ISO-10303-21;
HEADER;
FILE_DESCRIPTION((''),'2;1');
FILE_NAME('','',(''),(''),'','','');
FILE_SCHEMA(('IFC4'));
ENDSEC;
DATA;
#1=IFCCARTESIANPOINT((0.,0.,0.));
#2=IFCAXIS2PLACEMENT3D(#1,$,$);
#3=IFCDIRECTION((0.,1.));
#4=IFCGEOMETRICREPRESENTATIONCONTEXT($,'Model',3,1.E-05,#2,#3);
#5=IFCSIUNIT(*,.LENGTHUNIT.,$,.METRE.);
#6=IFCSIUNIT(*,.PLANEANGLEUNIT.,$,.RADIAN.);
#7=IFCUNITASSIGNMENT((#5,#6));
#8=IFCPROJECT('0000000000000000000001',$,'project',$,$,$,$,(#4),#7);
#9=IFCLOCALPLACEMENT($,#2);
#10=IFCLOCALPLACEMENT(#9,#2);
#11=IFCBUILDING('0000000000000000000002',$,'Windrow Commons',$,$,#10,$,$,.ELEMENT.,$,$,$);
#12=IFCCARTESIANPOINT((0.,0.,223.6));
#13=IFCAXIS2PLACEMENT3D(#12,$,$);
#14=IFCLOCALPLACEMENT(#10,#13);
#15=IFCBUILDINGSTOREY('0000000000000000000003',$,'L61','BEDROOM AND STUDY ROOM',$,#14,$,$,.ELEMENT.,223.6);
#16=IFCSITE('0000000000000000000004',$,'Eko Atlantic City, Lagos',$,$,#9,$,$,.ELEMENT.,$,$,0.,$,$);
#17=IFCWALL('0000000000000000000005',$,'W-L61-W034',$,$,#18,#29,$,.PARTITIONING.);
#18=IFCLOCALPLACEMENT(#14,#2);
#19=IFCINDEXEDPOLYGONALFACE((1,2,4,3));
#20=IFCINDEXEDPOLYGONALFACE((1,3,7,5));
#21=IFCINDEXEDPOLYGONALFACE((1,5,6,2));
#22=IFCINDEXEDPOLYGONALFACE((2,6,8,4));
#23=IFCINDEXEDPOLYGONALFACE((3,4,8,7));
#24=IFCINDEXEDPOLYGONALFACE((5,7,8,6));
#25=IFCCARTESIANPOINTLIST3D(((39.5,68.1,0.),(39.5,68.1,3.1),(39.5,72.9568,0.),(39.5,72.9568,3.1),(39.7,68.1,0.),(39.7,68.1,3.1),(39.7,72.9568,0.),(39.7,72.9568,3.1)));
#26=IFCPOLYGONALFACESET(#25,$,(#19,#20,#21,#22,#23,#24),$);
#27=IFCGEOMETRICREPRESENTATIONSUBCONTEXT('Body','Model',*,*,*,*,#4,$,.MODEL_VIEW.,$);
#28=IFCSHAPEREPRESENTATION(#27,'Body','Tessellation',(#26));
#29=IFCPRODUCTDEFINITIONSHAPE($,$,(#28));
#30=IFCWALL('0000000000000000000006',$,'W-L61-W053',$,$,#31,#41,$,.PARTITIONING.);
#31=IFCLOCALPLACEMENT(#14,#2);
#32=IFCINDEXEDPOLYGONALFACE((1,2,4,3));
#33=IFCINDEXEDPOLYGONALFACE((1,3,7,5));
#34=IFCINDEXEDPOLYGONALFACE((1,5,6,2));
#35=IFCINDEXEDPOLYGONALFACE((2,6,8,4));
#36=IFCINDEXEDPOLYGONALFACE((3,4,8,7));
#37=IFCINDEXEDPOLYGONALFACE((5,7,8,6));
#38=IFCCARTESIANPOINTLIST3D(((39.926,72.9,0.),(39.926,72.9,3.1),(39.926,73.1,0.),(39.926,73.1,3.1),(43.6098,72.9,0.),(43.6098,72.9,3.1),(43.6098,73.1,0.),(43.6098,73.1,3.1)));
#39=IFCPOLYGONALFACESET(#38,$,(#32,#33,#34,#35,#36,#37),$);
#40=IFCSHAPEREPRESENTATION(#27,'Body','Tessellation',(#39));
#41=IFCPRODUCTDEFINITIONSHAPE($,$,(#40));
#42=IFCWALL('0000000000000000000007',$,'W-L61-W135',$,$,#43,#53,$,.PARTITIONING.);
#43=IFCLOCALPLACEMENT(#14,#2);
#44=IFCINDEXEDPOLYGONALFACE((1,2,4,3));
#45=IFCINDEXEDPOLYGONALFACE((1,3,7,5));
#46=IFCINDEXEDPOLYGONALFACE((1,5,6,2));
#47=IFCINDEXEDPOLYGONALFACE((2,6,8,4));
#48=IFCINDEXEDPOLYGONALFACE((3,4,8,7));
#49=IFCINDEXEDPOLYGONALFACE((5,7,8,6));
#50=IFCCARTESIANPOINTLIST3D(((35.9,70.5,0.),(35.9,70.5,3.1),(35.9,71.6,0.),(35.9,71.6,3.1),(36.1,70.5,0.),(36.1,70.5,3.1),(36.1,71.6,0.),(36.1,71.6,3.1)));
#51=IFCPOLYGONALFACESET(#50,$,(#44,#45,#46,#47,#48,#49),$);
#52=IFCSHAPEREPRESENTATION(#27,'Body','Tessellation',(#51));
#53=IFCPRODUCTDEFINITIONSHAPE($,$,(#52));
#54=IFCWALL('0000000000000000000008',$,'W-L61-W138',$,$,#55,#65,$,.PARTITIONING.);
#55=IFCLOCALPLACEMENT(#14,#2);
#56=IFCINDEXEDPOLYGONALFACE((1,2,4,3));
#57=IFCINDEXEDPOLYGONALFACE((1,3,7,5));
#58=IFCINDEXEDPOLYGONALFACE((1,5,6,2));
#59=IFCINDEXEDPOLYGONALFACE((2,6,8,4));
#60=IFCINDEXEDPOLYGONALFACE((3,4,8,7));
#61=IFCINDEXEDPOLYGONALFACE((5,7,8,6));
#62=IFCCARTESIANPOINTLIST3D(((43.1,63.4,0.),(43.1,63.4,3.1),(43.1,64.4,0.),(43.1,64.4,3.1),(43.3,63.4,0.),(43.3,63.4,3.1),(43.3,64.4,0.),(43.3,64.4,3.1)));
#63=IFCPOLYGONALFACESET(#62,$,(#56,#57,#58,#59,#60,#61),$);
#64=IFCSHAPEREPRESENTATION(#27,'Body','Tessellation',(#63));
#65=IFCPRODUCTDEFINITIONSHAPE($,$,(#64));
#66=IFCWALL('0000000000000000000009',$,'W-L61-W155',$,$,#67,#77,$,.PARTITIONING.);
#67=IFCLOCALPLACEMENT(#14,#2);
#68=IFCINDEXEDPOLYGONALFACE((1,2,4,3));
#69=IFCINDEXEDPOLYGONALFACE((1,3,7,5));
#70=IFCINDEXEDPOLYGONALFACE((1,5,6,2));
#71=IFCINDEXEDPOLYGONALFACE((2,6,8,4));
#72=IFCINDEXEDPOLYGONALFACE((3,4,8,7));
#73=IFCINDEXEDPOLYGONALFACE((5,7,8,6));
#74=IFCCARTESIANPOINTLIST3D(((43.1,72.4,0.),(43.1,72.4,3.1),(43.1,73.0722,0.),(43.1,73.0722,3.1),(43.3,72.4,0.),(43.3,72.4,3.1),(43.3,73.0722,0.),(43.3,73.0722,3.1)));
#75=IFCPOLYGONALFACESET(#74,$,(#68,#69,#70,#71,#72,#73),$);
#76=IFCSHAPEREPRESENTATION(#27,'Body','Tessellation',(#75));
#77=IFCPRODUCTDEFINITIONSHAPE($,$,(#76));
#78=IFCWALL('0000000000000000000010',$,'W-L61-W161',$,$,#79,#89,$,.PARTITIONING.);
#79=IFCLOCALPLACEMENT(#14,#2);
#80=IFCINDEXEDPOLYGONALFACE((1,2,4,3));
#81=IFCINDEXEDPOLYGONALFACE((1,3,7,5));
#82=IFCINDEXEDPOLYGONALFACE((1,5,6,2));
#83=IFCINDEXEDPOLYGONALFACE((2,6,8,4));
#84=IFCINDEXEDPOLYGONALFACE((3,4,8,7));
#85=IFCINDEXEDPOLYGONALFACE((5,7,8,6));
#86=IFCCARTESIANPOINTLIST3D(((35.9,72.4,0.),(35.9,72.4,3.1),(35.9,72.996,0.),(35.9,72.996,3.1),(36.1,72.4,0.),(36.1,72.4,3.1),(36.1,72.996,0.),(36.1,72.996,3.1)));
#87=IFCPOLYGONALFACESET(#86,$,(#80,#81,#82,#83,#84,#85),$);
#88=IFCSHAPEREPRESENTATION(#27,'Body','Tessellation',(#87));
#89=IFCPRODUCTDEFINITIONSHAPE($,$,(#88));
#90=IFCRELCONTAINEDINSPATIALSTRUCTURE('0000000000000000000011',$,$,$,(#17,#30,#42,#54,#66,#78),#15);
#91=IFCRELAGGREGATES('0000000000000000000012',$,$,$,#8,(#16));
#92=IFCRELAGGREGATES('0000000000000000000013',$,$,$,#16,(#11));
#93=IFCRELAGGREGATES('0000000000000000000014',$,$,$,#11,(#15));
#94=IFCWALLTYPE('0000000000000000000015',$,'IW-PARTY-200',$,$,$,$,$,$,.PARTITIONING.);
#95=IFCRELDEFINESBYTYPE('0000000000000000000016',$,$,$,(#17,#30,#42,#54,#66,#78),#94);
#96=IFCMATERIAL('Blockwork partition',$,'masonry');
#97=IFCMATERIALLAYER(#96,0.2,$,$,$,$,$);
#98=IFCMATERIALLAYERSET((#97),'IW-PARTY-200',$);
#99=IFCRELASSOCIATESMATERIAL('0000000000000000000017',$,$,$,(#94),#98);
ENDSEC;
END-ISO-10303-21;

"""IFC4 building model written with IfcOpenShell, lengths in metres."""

from ifc_helpers import new_model, si_unit, direction, frame, frame_2d, origin, place, context, subcontext, project, spatial, rectangle, extrude, material, layer, layer_set, type_object, element, save


model = new_model("IFC4")

# Units and contexts
model_context = context("Model", 3, precision=1e-05, world=origin(), true_north=direction((0.0, 1.0)))
body_context = subcontext(model_context, "Body", "Model", "MODEL_VIEW")
ifc_project = project(units=[si_unit("LENGTHUNIT", "METRE"), si_unit("PLANEANGLEUNIT", "RADIAN")], contexts=[model_context])

# Site, building, storey
site_placement = place(None, origin())
site = spatial("IfcSite", under=ifc_project, at=site_placement, Name="Eko Atlantic City, Lagos", CompositionType="ELEMENT", RefElevation=0.0)
building_placement = place(site_placement, origin())
building = spatial("IfcBuilding", under=site, at=building_placement, Name="Windrow Commons", CompositionType="ELEMENT")
storey_placement = place(building_placement, frame((0.0, 0.0, 223.6)))
storey = spatial("IfcBuildingStorey", under=building, at=storey_placement, Name="L61", Description="BEDROOM AND STUDY ROOM", CompositionType="ELEMENT", Elevation=223.6)

# Walls
ifc_material_1 = material(Name="Blockwork partition", Category="masonry")
ifc_layer_1 = layer(ifc_material_1, 0.2)
ifc_layer_set_1 = layer_set([ifc_layer_1], Name="IW-PARTY-200")
wall_type_1 = type_object("IfcWallType", Name="IW-PARTY-200", PredefinedType="PARTITIONING", material=ifc_layer_set_1)
wall_1_placement = place(storey_placement, frame((39.6, 68.1, 0.0), z_axis=(0.0, 0.0, 1.0), x_axis=(0.0, 1.0, 0.0)))
element("IfcWall", 1, at=wall_1_placement, inside=storey, type_object=wall_type_1, Name="W-L61-W034", PredefinedType="PARTITIONING", context=body_context, shape_type="SweptSolid", body=[
    extrude(rectangle(XDim=4.8567, YDim=0.2, at=frame_2d((2.4284, 0.0))), origin(), (0.0, 0.0, 1.0), 3.1),
])
wall_2_placement = place(storey_placement, frame((39.926, 73.0, 0.0), z_axis=(0.0, 0.0, 1.0), x_axis=(1.0, 0.0, 0.0)))
element("IfcWall", 2, at=wall_2_placement, inside=storey, type_object=wall_type_1, Name="W-L61-W053", PredefinedType="PARTITIONING", context=body_context, shape_type="SweptSolid", body=[
    extrude(rectangle(XDim=3.6839, YDim=0.2, at=frame_2d((1.8419, 0.0))), origin(), (0.0, 0.0, 1.0), 3.1),
])
wall_3_placement = place(storey_placement, frame((36.0, 70.5, 0.0), z_axis=(0.0, 0.0, 1.0), x_axis=(0.0, 1.0, 0.0)))
element("IfcWall", 3, at=wall_3_placement, inside=storey, type_object=wall_type_1, Name="W-L61-W135", PredefinedType="PARTITIONING", context=body_context, shape_type="SweptSolid", body=[
    extrude(rectangle(XDim=1.1, YDim=0.2, at=frame_2d((0.55, 0.0))), origin(), (0.0, 0.0, 1.0), 3.1),
])
wall_4_placement = place(storey_placement, frame((43.2, 63.4, 0.0), z_axis=(0.0, 0.0, 1.0), x_axis=(0.0, 1.0, 0.0)))
element("IfcWall", 4, at=wall_4_placement, inside=storey, type_object=wall_type_1, Name="W-L61-W138", PredefinedType="PARTITIONING", context=body_context, shape_type="SweptSolid", body=[
    extrude(rectangle(XDim=1.0, YDim=0.2, at=frame_2d((0.5, 0.0))), origin(), (0.0, 0.0, 1.0), 3.1),
])
wall_5_placement = place(storey_placement, frame((43.2, 72.4, 0.0), z_axis=(0.0, 0.0, 1.0), x_axis=(0.0, 1.0, 0.0)))
element("IfcWall", 5, at=wall_5_placement, inside=storey, type_object=wall_type_1, Name="W-L61-W155", PredefinedType="PARTITIONING", context=body_context, shape_type="SweptSolid", body=[
    extrude(rectangle(XDim=0.6722, YDim=0.2, at=frame_2d((0.3361, 0.0))), origin(), (0.0, 0.0, 1.0), 3.1),
])
wall_6_placement = place(storey_placement, frame((36.0, 72.4, 0.0), z_axis=(0.0, 0.0, 1.0), x_axis=(0.0, 1.0, 0.0)))
element("IfcWall", 6, at=wall_6_placement, inside=storey, type_object=wall_type_1, Name="W-L61-W161", PredefinedType="PARTITIONING", context=body_context, shape_type="SweptSolid", body=[
    extrude(rectangle(XDim=0.596, YDim=0.2, at=frame_2d((0.298, 0.0))), origin(), (0.0, 0.0, 1.0), 3.1),
])

save(model, "model.ifc")
